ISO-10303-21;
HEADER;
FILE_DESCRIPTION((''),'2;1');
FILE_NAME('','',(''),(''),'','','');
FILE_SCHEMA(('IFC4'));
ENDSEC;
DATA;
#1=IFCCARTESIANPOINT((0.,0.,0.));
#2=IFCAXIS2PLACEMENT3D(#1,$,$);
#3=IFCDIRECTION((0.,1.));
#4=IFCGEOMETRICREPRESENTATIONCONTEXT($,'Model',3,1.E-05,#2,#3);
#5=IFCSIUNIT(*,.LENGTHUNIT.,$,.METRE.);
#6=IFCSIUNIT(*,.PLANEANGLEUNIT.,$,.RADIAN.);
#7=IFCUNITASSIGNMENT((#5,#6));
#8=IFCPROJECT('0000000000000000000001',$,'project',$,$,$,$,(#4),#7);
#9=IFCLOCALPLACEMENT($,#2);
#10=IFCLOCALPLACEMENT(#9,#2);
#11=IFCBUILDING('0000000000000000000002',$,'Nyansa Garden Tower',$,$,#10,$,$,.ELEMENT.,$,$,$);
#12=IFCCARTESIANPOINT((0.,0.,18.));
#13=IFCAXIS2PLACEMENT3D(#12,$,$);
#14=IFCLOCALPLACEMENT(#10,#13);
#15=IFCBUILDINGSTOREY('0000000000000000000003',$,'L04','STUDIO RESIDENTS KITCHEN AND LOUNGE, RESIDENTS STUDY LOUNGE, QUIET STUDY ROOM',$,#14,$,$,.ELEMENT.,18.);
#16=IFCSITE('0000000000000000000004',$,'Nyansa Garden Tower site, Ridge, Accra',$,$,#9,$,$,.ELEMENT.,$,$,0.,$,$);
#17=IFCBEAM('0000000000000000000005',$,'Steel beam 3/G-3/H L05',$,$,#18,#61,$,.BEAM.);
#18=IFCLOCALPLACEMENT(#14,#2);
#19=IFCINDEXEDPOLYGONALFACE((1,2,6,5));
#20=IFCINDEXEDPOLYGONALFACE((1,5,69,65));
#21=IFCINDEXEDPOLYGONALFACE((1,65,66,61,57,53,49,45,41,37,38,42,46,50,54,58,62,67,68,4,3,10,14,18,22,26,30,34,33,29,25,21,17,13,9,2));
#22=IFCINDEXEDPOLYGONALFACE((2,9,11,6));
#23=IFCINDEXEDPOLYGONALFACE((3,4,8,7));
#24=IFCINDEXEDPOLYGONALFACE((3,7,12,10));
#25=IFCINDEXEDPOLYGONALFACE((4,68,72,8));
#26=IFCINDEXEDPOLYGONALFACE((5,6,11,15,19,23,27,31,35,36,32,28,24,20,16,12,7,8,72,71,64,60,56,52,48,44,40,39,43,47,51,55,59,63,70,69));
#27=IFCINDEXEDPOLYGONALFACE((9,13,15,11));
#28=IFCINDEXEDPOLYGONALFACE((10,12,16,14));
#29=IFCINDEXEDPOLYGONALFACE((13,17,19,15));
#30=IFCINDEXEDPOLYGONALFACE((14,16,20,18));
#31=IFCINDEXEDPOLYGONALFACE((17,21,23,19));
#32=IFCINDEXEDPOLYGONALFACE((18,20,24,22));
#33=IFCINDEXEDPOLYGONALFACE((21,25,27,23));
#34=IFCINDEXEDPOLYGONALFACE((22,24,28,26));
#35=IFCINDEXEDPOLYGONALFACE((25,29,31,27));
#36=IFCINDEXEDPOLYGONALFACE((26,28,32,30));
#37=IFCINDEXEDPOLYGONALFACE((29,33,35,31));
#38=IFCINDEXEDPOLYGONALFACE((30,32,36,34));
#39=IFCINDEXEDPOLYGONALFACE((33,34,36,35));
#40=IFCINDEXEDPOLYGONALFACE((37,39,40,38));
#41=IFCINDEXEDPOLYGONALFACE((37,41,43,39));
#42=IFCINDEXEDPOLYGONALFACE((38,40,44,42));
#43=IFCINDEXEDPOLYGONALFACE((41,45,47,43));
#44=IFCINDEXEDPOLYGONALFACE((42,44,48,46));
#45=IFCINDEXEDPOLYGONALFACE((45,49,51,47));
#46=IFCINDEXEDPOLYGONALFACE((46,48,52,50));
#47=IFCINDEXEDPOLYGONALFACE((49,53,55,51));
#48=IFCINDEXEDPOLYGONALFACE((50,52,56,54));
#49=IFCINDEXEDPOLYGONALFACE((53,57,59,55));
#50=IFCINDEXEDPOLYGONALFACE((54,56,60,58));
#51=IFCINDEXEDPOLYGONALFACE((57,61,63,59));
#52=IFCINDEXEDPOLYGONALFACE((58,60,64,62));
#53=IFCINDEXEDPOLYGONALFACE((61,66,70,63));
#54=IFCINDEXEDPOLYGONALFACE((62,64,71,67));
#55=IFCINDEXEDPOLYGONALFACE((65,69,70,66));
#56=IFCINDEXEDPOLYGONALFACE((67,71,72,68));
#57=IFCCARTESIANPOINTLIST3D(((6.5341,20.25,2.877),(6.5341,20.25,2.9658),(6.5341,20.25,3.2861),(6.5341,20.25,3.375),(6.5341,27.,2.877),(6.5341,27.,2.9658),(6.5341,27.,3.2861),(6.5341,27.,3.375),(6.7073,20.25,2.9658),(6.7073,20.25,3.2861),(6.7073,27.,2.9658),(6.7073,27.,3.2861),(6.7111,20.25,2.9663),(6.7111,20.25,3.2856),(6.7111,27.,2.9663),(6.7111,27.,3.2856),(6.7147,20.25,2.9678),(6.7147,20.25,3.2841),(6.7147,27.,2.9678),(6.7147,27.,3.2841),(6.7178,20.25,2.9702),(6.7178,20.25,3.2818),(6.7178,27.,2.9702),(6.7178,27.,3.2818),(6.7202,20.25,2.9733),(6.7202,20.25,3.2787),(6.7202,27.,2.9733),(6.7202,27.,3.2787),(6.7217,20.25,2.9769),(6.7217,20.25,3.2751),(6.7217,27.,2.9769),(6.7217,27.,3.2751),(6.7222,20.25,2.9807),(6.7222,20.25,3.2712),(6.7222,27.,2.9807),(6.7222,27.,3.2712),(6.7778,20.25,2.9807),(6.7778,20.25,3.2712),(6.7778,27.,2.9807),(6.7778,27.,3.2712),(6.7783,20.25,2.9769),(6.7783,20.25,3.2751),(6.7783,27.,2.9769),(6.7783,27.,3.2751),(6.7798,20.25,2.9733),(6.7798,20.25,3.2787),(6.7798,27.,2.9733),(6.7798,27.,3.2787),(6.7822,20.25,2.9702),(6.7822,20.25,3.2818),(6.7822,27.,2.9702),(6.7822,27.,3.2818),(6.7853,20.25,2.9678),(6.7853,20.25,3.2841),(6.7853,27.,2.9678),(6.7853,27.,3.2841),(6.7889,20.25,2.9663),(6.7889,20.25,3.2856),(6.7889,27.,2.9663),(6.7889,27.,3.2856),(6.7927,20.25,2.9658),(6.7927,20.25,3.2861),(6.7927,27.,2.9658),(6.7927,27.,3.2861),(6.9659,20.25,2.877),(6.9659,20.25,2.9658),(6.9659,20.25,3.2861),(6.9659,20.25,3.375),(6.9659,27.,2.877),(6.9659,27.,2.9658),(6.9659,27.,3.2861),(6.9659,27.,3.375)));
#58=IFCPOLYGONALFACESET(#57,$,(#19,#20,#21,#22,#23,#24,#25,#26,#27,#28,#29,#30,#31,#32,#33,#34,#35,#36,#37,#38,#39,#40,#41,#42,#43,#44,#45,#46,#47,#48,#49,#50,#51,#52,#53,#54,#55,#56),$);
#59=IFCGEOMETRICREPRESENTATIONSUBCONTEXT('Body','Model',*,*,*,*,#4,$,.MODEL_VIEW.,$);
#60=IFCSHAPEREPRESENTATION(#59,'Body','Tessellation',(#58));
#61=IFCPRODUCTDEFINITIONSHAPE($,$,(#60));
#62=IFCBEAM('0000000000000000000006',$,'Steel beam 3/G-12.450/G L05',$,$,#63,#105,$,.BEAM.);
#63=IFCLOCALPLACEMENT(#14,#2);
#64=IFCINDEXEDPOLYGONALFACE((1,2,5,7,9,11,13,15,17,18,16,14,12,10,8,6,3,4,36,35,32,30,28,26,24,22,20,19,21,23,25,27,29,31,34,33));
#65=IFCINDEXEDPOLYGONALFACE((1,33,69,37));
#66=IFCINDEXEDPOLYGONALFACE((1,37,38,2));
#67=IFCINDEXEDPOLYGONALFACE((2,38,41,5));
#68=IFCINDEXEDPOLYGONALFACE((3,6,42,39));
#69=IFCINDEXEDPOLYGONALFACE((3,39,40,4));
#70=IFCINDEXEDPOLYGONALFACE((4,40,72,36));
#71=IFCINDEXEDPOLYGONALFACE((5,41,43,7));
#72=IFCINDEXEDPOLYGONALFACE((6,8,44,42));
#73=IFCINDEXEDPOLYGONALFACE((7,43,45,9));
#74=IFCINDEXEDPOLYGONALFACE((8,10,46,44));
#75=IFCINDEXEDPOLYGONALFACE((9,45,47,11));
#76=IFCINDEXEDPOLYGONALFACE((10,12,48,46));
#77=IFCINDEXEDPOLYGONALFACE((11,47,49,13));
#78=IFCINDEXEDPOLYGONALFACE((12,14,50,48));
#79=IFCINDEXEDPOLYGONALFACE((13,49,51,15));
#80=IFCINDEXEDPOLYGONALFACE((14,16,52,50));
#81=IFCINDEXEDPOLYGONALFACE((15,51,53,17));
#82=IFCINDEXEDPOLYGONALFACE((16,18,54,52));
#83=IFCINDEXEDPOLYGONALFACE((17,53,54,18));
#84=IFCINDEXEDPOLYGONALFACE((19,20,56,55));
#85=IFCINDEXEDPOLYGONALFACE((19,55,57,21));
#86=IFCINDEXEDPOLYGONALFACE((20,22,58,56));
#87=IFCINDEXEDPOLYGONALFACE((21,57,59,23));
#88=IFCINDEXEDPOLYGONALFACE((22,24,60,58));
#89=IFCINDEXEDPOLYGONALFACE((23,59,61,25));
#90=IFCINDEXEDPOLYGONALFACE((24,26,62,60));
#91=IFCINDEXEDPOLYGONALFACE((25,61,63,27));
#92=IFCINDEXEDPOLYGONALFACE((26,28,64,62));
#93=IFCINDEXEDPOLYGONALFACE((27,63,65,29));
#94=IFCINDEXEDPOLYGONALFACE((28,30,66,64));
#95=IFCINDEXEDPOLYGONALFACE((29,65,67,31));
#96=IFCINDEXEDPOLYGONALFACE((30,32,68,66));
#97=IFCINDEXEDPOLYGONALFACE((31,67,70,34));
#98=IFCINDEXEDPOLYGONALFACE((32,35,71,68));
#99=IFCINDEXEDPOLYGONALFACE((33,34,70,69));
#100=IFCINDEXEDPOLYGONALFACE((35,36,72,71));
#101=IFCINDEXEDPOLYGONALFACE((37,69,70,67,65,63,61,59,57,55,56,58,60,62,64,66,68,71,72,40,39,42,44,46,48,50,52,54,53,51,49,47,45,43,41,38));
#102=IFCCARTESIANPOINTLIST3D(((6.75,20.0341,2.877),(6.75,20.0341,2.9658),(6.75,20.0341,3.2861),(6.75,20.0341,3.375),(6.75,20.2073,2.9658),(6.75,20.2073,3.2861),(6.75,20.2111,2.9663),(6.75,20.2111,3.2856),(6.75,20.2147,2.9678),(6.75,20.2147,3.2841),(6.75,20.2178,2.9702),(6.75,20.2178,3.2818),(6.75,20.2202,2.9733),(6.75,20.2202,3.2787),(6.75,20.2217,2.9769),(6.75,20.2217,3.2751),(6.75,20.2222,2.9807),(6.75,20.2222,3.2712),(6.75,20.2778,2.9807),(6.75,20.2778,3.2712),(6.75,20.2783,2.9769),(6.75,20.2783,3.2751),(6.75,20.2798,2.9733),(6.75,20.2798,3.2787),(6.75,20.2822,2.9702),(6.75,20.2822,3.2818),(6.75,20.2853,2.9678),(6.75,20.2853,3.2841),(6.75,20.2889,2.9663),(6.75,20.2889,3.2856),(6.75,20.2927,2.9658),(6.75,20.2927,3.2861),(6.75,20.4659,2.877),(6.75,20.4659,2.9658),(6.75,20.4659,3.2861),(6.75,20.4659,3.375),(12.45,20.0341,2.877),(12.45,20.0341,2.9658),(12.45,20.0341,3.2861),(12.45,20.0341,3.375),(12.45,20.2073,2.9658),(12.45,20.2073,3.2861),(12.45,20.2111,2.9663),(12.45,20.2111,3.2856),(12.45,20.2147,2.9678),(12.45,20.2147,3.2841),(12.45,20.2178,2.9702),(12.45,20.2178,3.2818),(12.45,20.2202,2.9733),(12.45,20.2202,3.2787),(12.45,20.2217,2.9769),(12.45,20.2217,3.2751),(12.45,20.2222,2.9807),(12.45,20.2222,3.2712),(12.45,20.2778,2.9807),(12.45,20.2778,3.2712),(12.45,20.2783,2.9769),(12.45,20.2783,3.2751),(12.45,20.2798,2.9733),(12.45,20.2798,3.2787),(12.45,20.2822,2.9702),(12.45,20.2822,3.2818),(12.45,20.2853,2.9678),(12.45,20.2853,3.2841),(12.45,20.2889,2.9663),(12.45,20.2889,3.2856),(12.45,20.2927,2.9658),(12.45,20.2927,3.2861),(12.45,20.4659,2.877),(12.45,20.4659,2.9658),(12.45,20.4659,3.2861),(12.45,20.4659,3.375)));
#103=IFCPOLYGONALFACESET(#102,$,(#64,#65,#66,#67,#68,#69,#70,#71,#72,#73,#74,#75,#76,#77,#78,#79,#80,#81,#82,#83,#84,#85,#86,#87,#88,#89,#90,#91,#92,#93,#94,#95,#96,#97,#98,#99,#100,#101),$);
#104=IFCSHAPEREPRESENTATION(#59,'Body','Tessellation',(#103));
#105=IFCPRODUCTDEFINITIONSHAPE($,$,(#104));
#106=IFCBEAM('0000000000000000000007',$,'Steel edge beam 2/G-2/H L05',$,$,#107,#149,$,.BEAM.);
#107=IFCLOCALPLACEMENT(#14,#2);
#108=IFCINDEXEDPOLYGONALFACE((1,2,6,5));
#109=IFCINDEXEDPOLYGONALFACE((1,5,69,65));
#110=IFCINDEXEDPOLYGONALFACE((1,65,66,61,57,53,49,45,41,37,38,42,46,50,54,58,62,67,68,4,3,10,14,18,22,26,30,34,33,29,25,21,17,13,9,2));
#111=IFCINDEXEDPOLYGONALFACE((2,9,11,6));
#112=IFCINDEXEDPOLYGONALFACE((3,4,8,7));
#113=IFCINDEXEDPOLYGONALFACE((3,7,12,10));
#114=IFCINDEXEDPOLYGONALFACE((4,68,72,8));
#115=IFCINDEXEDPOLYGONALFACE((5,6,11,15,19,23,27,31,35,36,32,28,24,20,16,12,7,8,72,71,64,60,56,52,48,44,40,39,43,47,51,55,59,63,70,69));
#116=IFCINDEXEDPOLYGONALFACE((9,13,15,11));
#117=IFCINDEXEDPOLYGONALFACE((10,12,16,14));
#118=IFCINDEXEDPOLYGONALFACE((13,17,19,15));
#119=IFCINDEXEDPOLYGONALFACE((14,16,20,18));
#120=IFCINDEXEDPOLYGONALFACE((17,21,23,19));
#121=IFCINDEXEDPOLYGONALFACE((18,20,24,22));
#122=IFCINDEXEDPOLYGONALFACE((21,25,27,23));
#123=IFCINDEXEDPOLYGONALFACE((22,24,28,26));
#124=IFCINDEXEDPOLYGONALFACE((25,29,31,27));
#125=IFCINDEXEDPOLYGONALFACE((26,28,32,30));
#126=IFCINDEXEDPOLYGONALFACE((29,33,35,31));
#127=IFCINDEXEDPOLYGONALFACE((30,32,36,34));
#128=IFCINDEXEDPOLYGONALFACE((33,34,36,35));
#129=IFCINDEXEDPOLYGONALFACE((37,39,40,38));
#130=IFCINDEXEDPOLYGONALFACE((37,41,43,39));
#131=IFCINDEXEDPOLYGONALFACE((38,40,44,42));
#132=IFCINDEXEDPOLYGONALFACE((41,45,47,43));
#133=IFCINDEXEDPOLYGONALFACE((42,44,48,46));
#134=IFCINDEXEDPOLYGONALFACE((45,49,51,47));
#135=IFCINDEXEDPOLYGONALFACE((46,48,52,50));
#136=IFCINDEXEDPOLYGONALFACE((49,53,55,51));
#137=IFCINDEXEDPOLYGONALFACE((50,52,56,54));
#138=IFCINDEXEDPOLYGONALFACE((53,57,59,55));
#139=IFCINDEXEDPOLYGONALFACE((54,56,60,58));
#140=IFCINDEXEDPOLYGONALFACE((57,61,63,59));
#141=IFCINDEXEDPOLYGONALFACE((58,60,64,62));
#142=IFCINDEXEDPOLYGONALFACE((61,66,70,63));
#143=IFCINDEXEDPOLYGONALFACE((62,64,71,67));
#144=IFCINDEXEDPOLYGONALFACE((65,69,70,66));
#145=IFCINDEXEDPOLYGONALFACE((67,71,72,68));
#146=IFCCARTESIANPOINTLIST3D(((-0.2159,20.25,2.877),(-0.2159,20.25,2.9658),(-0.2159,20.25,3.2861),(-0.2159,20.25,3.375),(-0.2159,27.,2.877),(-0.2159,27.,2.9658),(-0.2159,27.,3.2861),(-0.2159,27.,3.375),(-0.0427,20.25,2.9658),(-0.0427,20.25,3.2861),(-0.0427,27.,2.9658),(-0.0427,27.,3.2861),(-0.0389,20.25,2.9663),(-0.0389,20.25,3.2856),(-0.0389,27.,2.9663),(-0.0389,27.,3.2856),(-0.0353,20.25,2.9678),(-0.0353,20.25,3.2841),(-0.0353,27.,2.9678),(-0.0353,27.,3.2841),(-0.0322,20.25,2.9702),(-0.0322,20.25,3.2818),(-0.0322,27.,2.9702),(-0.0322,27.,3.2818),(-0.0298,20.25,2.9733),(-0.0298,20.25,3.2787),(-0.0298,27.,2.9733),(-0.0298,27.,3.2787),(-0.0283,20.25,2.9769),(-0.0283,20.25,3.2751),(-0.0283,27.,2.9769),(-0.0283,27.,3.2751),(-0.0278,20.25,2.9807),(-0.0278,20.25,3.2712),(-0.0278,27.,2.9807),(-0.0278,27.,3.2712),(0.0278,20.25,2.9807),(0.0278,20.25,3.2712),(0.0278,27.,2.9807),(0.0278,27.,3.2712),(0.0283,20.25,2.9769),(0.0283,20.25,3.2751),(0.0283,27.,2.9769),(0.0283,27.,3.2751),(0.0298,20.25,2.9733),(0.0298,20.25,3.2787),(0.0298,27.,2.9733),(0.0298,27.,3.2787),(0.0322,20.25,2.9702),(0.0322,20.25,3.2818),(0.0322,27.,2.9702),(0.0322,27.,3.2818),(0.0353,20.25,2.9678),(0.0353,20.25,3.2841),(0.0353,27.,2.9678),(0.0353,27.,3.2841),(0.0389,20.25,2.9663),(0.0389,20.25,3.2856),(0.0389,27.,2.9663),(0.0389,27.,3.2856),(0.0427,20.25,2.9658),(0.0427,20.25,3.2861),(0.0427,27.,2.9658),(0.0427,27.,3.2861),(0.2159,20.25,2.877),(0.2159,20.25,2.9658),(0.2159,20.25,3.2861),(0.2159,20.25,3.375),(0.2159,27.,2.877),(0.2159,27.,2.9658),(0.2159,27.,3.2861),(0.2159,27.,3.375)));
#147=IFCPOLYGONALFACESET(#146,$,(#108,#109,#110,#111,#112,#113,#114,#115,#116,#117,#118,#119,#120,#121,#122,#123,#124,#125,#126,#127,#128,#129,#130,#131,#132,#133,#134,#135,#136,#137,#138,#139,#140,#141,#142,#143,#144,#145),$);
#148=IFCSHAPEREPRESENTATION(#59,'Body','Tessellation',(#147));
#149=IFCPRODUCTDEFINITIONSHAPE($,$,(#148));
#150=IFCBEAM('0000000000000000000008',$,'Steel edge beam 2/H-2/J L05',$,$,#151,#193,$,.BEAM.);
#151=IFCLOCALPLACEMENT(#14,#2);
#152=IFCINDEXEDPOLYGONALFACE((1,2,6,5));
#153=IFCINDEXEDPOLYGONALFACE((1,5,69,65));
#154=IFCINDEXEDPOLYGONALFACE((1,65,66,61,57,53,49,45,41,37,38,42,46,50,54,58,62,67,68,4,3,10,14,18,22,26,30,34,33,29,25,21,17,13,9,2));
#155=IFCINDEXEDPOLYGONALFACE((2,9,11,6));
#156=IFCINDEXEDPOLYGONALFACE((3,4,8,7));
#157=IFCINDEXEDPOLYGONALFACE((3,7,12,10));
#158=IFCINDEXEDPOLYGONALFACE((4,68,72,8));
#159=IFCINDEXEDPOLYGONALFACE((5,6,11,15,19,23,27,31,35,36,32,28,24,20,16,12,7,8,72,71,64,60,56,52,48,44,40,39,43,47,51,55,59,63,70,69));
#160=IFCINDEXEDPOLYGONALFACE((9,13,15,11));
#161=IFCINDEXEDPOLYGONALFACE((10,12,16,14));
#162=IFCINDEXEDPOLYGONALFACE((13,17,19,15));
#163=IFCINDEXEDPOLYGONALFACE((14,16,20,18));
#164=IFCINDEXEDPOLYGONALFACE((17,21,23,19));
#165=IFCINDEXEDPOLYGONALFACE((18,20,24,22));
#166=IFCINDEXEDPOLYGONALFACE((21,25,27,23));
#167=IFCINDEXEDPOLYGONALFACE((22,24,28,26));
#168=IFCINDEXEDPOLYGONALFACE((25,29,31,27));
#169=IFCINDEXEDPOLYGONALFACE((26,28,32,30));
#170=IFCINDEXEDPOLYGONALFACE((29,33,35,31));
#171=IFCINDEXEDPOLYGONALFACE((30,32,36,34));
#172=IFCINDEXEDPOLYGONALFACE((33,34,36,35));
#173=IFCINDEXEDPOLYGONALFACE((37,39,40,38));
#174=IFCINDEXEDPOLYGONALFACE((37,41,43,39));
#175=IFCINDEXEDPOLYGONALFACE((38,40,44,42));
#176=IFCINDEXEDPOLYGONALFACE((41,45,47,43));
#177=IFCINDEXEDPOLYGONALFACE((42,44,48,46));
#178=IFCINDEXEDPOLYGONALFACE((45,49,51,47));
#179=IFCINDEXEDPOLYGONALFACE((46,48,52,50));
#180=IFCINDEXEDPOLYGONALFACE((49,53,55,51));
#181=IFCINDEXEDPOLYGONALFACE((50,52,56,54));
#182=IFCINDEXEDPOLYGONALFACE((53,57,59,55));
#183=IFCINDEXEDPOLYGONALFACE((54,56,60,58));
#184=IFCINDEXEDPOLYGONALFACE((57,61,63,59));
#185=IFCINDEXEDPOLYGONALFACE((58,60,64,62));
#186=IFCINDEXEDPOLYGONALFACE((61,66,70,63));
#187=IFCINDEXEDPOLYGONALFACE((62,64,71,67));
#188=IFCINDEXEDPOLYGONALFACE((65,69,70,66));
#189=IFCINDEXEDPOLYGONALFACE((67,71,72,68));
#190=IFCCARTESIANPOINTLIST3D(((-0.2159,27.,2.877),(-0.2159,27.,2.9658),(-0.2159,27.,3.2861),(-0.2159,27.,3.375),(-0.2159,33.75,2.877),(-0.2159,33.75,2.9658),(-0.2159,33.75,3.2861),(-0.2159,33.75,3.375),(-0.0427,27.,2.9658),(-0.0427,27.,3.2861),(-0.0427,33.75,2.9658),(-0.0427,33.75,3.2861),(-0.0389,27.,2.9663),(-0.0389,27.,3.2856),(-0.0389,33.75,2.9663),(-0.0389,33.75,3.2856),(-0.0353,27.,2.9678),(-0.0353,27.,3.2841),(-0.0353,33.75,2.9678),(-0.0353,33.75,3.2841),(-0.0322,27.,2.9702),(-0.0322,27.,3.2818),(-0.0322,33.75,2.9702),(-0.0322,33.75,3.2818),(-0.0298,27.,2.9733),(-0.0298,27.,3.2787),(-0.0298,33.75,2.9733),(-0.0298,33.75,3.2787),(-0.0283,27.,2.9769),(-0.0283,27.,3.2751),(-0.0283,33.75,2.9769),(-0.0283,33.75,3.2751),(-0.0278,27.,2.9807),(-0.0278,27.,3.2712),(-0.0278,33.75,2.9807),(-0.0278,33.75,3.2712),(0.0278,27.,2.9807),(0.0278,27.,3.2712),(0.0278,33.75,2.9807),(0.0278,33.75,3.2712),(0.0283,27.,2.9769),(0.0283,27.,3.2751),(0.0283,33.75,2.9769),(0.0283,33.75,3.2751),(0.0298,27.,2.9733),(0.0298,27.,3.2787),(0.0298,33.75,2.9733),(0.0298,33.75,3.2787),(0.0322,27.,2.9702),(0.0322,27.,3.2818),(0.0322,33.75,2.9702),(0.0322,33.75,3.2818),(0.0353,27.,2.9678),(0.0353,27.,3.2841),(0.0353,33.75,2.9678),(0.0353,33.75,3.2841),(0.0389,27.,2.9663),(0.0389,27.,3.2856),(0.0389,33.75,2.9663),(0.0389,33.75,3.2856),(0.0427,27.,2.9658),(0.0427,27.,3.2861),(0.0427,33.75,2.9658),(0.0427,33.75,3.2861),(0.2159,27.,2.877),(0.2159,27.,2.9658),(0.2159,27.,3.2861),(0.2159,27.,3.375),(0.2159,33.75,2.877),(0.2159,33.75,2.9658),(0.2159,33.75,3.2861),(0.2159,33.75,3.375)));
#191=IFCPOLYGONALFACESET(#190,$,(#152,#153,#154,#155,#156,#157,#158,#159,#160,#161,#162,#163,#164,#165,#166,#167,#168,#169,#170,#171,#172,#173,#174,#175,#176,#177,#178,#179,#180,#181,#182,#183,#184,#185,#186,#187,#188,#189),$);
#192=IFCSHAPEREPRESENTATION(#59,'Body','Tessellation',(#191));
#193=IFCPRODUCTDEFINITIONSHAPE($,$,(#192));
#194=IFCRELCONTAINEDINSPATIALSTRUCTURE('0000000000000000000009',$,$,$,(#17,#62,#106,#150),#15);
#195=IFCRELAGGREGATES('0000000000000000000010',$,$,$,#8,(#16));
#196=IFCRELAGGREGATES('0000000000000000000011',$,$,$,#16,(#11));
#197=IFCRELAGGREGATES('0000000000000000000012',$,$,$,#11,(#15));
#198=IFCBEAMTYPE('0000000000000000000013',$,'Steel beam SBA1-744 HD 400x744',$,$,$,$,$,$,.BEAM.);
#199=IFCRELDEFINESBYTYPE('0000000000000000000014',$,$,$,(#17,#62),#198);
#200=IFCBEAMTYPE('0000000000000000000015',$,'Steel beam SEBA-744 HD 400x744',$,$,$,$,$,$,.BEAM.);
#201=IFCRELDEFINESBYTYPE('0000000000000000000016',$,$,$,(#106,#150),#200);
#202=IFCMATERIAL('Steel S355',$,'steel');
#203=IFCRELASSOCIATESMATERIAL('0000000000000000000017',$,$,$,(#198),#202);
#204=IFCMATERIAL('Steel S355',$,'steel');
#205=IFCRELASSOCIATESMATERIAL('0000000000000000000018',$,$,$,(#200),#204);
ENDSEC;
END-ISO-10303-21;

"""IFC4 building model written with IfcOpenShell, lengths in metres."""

from ifc_helpers import new_model, si_unit, direction, frame, origin, origin_2d, place, context, subcontext, project, spatial, i_section, extrude, material, material_profile, profile_set, type_object, element, save


model = new_model("IFC4")

# Units and contexts
model_context = context("Model", 3, precision=1e-05, world=origin(), true_north=direction((0.0, 1.0)))
body_context = subcontext(model_context, "Body", "Model", "MODEL_VIEW")
ifc_project = project(units=[si_unit("LENGTHUNIT", "METRE"), si_unit("PLANEANGLEUNIT", "RADIAN")], contexts=[model_context])

# Site, building, storey
site_placement = place(None, origin())
site = spatial("IfcSite", under=ifc_project, at=site_placement, Name="Nyansa Garden Tower site, Ridge, Accra", CompositionType="ELEMENT", RefElevation=0.0)
building_placement = place(site_placement, origin())
building = spatial("IfcBuilding", under=site, at=building_placement, Name="Nyansa Garden Tower", CompositionType="ELEMENT")
storey_placement = place(building_placement, frame((0.0, 0.0, 18.0)))
storey = spatial("IfcBuildingStorey", under=building, at=storey_placement, Name="L04", Description="STUDIO RESIDENTS KITCHEN AND LOUNGE, RESIDENTS STUDY LOUNGE, QUIET STUDY ROOM", CompositionType="ELEMENT", Elevation=18.0)

# Beams
ifc_material_1 = material(Name="Steel S355", Category="steel")
ifc_material_profile_1 = material_profile(ifc_material_1, i_section(OverallWidth=0.4319, OverallDepth=0.498, WebThickness=0.0557, FlangeThickness=0.0889, FilletRadius=0.0149, at=origin_2d()), Name="HD 400x744")
ifc_profile_set_1 = profile_set([ifc_material_profile_1], Name="Steel S355")
beam_type_1 = type_object("IfcBeamType", Name="Steel beam SBA1-744 HD 400x744", PredefinedType="BEAM", material=ifc_profile_set_1)
for number, where, z_axis, x_axis, name in (
    (1, (6.75, 20.25, 3.126), (0.0, 1.0, 0.0), (-1.0, 0.0, 0.0), "Steel beam 3/G-3/H L05"),
):
    element("IfcBeam", number, at=place(storey_placement, frame(where, z_axis=z_axis, x_axis=x_axis)), inside=storey, type_object=beam_type_1, Name=name, PredefinedType="BEAM", context=body_context, shape_type="SweptSolid", body=[
        extrude(i_section(OverallWidth=0.4319, OverallDepth=0.498, WebThickness=0.0557, FlangeThickness=0.0889, FilletRadius=0.0149, at=origin_2d()), origin(), (0.0, 0.0, 1.0), 6.75),
    ])
beam_1_placement = place(storey_placement, frame((6.75, 20.25, 3.126), z_axis=(1.0, 0.0, 0.0), x_axis=(0.0, 1.0, 0.0)))
element("IfcBeam", 2, at=beam_1_placement, inside=storey, type_object=beam_type_1, Name="Steel beam 3/G-12.450/G L05", PredefinedType="BEAM", context=body_context, shape_type="SweptSolid", body=[
    extrude(i_section(OverallWidth=0.4319, OverallDepth=0.498, WebThickness=0.0557, FlangeThickness=0.0889, FilletRadius=0.0149, at=origin_2d()), origin(), (0.0, 0.0, 1.0), 5.7),
])
ifc_material_2 = material(Name="Steel S355", Category="steel")
ifc_material_profile_2 = material_profile(ifc_material_2, i_section(OverallWidth=0.4319, OverallDepth=0.498, WebThickness=0.0557, FlangeThickness=0.0889, FilletRadius=0.0149, at=origin_2d()), Name="HD 400x744")
ifc_profile_set_2 = profile_set([ifc_material_profile_2], Name="Steel S355")
beam_type_2 = type_object("IfcBeamType", Name="Steel beam SEBA-744 HD 400x744", PredefinedType="BEAM", material=ifc_profile_set_2)
for number, where, z_axis, x_axis, name in (
    (3, (0.0, 20.25, 3.126), (0.0, 1.0, 0.0), (-1.0, 0.0, 0.0), "Steel edge beam 2/G-2/H L05"),
    (4, (0.0, 27.0, 3.126), (0.0, 1.0, 0.0), (-1.0, 0.0, 0.0), "Steel edge beam 2/H-2/J L05"),
):
    element("IfcBeam", number, at=place(storey_placement, frame(where, z_axis=z_axis, x_axis=x_axis)), inside=storey, type_object=beam_type_2, Name=name, PredefinedType="BEAM", context=body_context, shape_type="SweptSolid", body=[
        extrude(i_section(OverallWidth=0.4319, OverallDepth=0.498, WebThickness=0.0557, FlangeThickness=0.0889, FilletRadius=0.0149, at=origin_2d()), origin(), (0.0, 0.0, 1.0), 6.75),
    ])

save(model, "model.ifc")
